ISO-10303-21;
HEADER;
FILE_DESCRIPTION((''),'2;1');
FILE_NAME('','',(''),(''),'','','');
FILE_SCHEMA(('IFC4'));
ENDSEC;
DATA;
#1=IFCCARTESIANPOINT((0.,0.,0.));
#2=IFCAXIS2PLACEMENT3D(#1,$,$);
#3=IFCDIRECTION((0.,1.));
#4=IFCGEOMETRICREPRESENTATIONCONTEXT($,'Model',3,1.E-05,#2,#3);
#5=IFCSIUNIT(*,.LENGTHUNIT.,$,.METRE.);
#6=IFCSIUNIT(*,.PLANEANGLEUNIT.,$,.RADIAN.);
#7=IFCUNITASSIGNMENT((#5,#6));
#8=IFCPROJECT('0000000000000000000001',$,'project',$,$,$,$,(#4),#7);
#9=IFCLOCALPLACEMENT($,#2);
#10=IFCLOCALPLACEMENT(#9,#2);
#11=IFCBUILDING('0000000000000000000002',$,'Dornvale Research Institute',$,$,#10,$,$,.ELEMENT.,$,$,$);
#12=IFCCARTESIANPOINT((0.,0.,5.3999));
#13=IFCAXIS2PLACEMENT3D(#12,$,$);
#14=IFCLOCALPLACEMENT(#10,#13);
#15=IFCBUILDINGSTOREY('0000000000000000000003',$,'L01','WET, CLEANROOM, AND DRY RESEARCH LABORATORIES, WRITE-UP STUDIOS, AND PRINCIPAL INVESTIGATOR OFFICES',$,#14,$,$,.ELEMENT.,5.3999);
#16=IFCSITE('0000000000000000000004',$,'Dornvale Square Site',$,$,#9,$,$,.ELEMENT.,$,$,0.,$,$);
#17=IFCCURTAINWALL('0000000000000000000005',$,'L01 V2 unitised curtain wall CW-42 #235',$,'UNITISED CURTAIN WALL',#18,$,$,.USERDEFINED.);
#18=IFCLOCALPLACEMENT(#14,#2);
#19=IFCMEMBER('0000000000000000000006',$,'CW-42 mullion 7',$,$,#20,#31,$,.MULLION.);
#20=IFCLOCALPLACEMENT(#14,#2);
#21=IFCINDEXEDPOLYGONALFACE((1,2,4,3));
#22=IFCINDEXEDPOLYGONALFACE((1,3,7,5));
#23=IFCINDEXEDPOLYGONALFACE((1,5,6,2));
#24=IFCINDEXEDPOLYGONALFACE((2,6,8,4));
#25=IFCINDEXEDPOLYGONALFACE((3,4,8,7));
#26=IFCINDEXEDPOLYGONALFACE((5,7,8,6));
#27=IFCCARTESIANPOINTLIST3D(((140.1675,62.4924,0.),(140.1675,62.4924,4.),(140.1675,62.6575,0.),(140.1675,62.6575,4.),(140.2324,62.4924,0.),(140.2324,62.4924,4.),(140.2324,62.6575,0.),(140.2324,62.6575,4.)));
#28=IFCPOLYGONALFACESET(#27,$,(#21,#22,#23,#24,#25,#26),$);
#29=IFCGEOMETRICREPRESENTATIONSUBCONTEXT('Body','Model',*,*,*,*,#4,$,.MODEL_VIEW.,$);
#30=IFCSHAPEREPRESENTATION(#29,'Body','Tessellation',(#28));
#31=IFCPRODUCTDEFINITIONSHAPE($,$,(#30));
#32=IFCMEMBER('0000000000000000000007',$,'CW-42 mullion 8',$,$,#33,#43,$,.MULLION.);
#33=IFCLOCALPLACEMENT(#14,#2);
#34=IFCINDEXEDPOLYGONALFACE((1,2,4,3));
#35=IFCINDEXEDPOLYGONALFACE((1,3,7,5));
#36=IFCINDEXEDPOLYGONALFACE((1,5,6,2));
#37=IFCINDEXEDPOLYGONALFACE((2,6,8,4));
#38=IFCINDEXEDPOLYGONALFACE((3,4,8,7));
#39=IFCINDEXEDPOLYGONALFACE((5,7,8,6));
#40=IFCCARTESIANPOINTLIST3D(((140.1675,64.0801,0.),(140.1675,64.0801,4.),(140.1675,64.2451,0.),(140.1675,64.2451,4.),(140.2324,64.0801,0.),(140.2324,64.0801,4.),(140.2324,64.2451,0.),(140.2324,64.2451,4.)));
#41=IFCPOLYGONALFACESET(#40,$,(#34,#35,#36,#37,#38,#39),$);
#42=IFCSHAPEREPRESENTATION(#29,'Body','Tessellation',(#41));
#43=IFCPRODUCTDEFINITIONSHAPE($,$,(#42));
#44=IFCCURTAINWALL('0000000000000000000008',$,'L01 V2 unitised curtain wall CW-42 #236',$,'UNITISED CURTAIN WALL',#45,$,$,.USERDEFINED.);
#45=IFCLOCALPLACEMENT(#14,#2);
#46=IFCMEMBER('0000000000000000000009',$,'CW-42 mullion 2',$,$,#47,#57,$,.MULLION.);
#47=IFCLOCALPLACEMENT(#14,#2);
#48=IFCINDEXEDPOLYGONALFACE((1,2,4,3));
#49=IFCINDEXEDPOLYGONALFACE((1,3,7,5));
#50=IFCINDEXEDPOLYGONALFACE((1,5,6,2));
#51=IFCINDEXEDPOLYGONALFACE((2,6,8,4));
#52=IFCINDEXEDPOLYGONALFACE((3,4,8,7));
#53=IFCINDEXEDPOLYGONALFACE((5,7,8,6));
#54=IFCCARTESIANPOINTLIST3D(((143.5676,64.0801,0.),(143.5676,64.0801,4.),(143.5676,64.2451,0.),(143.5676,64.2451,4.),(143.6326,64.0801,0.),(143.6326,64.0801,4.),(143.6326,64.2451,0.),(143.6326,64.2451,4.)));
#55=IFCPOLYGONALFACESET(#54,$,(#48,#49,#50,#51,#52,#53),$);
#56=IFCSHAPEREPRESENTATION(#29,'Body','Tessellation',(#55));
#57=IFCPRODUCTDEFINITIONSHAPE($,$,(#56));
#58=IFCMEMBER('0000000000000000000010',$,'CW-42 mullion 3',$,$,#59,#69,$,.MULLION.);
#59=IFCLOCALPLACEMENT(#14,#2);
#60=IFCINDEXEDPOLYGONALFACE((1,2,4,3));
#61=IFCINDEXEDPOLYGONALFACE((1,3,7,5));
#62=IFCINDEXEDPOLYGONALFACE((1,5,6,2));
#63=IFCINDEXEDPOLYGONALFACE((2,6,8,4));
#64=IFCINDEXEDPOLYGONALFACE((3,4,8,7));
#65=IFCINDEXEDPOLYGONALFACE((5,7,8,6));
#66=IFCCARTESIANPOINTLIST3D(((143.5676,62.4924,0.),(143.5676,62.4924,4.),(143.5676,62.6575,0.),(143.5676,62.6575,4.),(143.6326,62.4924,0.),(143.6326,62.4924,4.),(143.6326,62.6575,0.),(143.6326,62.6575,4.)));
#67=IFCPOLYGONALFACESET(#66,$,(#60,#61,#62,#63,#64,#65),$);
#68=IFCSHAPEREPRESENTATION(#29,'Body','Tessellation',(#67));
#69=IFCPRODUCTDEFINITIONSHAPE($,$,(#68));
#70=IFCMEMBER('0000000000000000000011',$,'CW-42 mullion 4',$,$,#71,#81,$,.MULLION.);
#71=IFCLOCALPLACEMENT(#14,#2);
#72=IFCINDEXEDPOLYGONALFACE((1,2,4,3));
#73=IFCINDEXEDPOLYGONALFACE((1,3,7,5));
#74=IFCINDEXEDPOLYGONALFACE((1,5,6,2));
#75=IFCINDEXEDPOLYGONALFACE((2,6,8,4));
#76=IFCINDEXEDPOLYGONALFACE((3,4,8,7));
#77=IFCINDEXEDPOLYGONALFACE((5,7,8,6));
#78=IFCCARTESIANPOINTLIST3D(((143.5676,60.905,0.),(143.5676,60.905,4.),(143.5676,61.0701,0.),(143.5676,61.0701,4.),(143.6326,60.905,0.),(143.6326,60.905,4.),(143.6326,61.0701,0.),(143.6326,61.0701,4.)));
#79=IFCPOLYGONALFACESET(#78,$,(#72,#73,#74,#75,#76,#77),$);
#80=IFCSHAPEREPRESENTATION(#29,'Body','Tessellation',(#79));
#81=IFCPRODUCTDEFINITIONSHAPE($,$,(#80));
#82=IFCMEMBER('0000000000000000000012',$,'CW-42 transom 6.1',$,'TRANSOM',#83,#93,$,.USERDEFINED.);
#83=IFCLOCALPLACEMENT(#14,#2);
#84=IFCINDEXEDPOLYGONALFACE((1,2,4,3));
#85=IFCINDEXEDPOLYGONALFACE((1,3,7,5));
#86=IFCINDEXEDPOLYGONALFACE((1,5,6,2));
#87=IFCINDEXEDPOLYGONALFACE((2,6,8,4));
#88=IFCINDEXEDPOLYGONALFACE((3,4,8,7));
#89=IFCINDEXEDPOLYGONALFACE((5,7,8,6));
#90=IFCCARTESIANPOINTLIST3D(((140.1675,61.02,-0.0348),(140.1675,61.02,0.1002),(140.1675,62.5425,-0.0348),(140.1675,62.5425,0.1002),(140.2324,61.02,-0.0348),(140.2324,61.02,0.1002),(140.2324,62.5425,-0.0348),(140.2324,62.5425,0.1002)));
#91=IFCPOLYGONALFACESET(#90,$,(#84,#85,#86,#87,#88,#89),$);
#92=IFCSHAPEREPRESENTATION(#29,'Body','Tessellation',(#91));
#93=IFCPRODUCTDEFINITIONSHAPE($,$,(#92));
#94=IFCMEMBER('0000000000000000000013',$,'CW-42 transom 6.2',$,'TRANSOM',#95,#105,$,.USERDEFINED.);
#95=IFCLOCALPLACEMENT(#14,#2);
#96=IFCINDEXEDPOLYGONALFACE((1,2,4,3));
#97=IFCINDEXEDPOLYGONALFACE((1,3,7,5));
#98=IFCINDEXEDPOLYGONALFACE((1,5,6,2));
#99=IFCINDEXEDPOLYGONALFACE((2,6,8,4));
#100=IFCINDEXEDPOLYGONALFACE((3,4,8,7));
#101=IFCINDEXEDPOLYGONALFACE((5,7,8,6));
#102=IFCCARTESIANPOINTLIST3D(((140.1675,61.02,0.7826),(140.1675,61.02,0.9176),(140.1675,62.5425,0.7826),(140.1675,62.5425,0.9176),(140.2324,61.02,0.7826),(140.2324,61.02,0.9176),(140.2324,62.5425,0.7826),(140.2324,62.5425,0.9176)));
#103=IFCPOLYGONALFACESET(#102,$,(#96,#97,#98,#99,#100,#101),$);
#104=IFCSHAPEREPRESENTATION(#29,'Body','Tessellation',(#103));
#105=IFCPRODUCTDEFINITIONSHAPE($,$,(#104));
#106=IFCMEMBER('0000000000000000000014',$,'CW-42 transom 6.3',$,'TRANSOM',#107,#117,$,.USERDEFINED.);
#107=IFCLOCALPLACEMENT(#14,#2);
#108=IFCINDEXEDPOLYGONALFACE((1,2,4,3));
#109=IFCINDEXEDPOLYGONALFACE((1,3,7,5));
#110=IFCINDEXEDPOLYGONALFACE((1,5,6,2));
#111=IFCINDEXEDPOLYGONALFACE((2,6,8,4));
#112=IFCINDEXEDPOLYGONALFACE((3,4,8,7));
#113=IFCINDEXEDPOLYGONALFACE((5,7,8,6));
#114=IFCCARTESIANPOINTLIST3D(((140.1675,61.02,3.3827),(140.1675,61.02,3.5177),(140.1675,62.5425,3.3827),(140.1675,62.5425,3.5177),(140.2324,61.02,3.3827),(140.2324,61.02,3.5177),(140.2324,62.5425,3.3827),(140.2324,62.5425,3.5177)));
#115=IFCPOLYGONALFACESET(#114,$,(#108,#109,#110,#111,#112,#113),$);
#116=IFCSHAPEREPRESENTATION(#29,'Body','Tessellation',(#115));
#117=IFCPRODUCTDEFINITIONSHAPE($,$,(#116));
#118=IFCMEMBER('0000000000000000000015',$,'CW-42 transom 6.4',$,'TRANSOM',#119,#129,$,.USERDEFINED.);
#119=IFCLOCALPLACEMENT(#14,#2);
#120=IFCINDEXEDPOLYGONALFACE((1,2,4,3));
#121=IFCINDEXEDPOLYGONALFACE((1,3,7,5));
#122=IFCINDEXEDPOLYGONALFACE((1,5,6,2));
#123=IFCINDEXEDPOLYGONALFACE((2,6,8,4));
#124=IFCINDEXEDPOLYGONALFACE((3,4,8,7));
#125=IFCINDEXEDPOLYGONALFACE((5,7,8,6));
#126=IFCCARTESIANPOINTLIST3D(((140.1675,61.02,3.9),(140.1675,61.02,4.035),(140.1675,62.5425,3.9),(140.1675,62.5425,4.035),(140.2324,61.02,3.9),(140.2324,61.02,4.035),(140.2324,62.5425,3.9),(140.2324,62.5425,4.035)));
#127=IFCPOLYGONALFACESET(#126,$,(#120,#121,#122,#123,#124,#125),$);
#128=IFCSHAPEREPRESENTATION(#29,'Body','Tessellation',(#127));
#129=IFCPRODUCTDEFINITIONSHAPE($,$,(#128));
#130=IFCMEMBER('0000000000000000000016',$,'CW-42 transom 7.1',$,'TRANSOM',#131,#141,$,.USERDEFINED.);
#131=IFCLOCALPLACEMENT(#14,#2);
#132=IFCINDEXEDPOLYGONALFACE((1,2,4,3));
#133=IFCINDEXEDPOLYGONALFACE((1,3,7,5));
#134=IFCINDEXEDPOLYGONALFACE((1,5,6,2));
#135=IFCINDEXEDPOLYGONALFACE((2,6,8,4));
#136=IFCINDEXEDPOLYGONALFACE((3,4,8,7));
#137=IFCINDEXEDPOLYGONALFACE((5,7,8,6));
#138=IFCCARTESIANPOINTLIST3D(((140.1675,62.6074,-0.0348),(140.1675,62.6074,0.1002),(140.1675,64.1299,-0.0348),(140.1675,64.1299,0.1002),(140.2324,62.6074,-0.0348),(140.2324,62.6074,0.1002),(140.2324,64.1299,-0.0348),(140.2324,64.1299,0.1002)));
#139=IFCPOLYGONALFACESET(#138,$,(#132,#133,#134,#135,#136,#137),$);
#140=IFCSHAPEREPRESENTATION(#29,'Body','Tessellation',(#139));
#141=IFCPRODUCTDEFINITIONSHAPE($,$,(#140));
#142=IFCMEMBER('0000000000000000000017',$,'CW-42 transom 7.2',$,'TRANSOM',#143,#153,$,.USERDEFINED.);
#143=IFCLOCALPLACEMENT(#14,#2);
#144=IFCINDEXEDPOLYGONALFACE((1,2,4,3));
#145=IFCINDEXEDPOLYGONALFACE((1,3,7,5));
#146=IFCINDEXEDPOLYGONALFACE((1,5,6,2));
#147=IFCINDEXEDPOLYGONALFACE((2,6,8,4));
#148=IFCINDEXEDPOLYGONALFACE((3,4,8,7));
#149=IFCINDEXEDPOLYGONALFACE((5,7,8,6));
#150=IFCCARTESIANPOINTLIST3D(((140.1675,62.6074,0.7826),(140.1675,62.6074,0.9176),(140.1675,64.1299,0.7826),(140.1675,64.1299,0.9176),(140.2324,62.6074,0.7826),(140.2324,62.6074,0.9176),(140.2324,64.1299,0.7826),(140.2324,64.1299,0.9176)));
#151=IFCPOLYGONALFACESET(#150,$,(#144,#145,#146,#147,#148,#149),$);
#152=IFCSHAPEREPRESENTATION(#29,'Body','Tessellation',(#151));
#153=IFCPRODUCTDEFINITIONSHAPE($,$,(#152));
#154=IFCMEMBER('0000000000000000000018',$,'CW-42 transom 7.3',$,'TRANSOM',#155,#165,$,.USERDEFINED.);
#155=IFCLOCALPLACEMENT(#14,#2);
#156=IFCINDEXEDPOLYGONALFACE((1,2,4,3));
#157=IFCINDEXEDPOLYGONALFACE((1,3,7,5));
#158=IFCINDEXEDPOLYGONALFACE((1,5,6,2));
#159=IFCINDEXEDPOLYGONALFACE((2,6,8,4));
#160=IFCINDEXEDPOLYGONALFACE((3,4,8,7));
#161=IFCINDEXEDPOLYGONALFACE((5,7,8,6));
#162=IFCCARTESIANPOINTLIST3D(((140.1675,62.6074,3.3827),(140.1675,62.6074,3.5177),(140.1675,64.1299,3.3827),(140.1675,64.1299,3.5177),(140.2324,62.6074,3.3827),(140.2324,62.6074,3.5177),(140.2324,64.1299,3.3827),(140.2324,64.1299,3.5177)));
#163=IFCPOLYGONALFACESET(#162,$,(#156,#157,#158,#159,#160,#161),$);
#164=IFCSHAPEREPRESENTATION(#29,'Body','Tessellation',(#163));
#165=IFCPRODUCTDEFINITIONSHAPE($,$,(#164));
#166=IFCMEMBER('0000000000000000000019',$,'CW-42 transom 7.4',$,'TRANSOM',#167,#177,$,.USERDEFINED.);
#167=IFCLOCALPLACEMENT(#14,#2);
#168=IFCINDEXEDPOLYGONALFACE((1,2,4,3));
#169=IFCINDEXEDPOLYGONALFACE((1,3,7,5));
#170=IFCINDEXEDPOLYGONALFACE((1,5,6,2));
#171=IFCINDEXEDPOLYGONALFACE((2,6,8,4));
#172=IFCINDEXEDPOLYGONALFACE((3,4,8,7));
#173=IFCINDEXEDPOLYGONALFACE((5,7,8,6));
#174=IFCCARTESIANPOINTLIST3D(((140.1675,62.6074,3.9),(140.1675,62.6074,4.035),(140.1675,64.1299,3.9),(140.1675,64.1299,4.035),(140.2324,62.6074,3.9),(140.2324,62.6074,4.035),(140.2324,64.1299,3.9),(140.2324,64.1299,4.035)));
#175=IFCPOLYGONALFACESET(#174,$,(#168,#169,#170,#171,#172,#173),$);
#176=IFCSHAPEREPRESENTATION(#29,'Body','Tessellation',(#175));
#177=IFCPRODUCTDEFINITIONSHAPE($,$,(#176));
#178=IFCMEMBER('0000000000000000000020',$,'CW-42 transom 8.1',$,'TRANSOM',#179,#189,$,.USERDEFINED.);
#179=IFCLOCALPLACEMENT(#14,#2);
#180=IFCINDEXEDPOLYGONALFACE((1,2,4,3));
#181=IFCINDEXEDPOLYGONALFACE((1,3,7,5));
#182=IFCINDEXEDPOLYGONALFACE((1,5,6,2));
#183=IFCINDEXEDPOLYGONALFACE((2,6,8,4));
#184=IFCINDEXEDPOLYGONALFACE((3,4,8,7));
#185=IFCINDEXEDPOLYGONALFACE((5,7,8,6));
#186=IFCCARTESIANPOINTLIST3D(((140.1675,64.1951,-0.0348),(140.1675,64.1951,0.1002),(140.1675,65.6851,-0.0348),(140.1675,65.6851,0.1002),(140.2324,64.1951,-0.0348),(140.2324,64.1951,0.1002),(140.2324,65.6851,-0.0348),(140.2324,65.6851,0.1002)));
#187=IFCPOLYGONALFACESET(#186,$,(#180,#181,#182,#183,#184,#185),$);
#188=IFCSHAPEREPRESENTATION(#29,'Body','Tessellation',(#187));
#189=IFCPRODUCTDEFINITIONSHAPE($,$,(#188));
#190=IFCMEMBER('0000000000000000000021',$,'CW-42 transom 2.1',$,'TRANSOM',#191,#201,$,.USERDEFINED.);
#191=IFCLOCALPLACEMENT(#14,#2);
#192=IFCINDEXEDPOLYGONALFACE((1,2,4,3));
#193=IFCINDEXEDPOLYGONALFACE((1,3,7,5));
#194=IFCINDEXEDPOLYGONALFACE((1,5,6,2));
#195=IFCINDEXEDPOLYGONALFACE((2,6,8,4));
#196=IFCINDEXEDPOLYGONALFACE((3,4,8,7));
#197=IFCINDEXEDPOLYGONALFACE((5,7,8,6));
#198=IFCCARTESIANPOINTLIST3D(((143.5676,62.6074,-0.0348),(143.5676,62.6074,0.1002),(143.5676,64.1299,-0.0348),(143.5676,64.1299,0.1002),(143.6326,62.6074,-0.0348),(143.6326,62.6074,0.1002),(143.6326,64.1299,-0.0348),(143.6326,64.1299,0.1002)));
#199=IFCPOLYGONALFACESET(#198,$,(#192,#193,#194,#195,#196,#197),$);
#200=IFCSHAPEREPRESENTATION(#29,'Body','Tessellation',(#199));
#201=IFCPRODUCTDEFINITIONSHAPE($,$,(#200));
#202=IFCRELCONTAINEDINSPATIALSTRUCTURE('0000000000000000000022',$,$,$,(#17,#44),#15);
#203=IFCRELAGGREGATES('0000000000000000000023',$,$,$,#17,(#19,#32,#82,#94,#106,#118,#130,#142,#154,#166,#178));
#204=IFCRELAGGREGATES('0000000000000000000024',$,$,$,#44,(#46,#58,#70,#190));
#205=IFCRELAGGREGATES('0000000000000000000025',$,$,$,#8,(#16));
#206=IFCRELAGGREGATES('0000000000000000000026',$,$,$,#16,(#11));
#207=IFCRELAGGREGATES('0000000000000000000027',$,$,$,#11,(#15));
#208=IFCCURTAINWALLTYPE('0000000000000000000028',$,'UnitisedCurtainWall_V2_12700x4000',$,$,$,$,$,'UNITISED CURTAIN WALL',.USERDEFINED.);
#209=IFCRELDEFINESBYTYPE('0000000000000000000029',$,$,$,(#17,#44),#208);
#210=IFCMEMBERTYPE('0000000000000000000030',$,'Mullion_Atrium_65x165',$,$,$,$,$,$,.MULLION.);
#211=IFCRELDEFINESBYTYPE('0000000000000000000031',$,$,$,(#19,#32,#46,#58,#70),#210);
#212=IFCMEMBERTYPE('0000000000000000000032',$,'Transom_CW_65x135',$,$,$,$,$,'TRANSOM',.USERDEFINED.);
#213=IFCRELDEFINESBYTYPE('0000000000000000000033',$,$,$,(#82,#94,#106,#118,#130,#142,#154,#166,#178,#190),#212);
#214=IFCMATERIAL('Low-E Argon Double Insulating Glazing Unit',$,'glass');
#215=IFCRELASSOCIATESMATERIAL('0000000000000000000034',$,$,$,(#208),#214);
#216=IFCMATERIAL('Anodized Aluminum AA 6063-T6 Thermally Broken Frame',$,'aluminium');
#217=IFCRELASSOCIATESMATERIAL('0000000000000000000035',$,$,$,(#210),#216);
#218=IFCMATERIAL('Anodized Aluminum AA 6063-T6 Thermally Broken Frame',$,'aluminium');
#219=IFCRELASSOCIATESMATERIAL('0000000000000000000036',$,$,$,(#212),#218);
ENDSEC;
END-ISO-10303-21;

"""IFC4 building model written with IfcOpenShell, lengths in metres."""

from ifc_helpers import new_model, si_unit, direction, frame, origin, origin_2d, place, context, subcontext, project, spatial, rectangle, extrude, material, material_profile, profile_set, type_object, element, aggregate, save


model = new_model("IFC4")

# Units and contexts
model_context = context("Model", 3, precision=1e-05, world=origin(), true_north=direction((0.0, 1.0)))
body_context = subcontext(model_context, "Body", "Model", "MODEL_VIEW")
ifc_project = project(units=[si_unit("LENGTHUNIT", "METRE"), si_unit("PLANEANGLEUNIT", "RADIAN")], contexts=[model_context])

# Site, building, storey
site_placement = place(None, origin())
site = spatial("IfcSite", under=ifc_project, at=site_placement, Name="Dornvale Square Site", CompositionType="ELEMENT", RefElevation=0.0)
building_placement = place(site_placement, origin())
building = spatial("IfcBuilding", under=site, at=building_placement, Name="Dornvale Research Institute", CompositionType="ELEMENT")
storey_placement = place(building_placement, frame((0.0, 0.0, 5.3999)))
storey = spatial("IfcBuildingStorey", under=building, at=storey_placement, Name="L01", Description="WET, CLEANROOM, AND DRY RESEARCH LABORATORIES, WRITE-UP STUDIOS, AND PRINCIPAL INVESTIGATOR OFFICES", CompositionType="ELEMENT", Elevation=5.3999)

# Curtain walls, members
ifc_material_1 = material(Name="Low-E Argon Double Insulating Glazing Unit", Category="glass")
curtain_wall_type = type_object("IfcCurtainWallType", Name="UnitisedCurtainWall_V2_12700x4000", ElementType="UNITISED CURTAIN WALL", PredefinedType="USERDEFINED", material=ifc_material_1)
curtain_wall_1_placement = place(storey_placement, origin())
curtain_wall_1 = element("IfcCurtainWall", 1, at=curtain_wall_1_placement, inside=storey, type_object=curtain_wall_type, Name="L01 V2 unitised curtain wall CW-42 #235", ObjectType="UNITISED CURTAIN WALL", PredefinedType="USERDEFINED")
ifc_material_2 = material(Name="Anodized Aluminum AA 6063-T6 Thermally Broken Frame", Category="aluminium")
ifc_material_profile_1 = material_profile(ifc_material_2, rectangle(XDim=0.0649, YDim=0.165, at=origin_2d()), Name="ALU MULLION 65x165")
ifc_profile_set_1 = profile_set([ifc_material_profile_1], Name="Anodized Aluminum AA 6063-T6 Thermally Broken Frame")
member_type_1 = type_object("IfcMemberType", Name="Mullion_Atrium_65x165", PredefinedType="MULLION", material=ifc_profile_set_1)
member_1_placement = place(storey_placement, frame((140.2, 62.575, 0.0), z_axis=(0.0, 0.0, 1.0), x_axis=(-1.0, 0.0, 0.0)))
member_1 = element("IfcMember", 2, at=member_1_placement, type_object=member_type_1, Name="CW-42 mullion 7", PredefinedType="MULLION", context=body_context, shape_type="SweptSolid", body=[
    extrude(rectangle(XDim=0.0649, YDim=0.165, at=origin_2d()), origin(), (0.0, 0.0, 1.0), 4.0),
])
member_2_placement = place(storey_placement, frame((140.2, 64.1626, 0.0), z_axis=(0.0, 0.0, 1.0), x_axis=(-1.0, 0.0, 0.0)))
member_2 = element("IfcMember", 3, at=member_2_placement, type_object=member_type_1, Name="CW-42 mullion 8", PredefinedType="MULLION", context=body_context, shape_type="SweptSolid", body=[
    extrude(rectangle(XDim=0.0649, YDim=0.165, at=origin_2d()), origin(), (0.0, 0.0, 1.0), 4.0),
])
curtain_wall_2_placement = place(storey_placement, origin())
curtain_wall_2 = element("IfcCurtainWall", 4, at=curtain_wall_2_placement, inside=storey, type_object=curtain_wall_type, Name="L01 V2 unitised curtain wall CW-42 #236", ObjectType="UNITISED CURTAIN WALL", PredefinedType="USERDEFINED")
member_3_placement = place(storey_placement, frame((143.6001, 64.1626, 0.0), z_axis=(0.0, 0.0, 1.0), x_axis=(1.0, 0.0, 0.0)))
member_3 = element("IfcMember", 5, at=member_3_placement, type_object=member_type_1, Name="CW-42 mullion 2", PredefinedType="MULLION", context=body_context, shape_type="SweptSolid", body=[
    extrude(rectangle(XDim=0.0649, YDim=0.165, at=origin_2d()), origin(), (0.0, 0.0, 1.0), 4.0),
])
member_4_placement = place(storey_placement, frame((143.6001, 62.575, 0.0), z_axis=(0.0, 0.0, 1.0), x_axis=(1.0, 0.0, 0.0)))
member_4 = element("IfcMember", 6, at=member_4_placement, type_object=member_type_1, Name="CW-42 mullion 3", PredefinedType="MULLION", context=body_context, shape_type="SweptSolid", body=[
    extrude(rectangle(XDim=0.0649, YDim=0.165, at=origin_2d()), origin(), (0.0, 0.0, 1.0), 4.0),
])
member_5_placement = place(storey_placement, frame((143.6001, 60.9875, 0.0), z_axis=(0.0, 0.0, 1.0), x_axis=(1.0, 0.0, 0.0)))
member_5 = element("IfcMember", 7, at=member_5_placement, type_object=member_type_1, Name="CW-42 mullion 4", PredefinedType="MULLION", context=body_context, shape_type="SweptSolid", body=[
    extrude(rectangle(XDim=0.0649, YDim=0.165, at=origin_2d()), origin(), (0.0, 0.0, 1.0), 4.0),
])

# Members
ifc_material_3 = material(Name="Anodized Aluminum AA 6063-T6 Thermally Broken Frame", Category="aluminium")
ifc_material_profile_2 = material_profile(ifc_material_3, rectangle(XDim=0.0649, YDim=0.135, at=origin_2d()), Name="ALU TRANSOM 65x135")
ifc_profile_set_2 = profile_set([ifc_material_profile_2], Name="Anodized Aluminum AA 6063-T6 Thermally Broken Frame")
member_type_2 = type_object("IfcMemberType", Name="Transom_CW_65x135", ElementType="TRANSOM", PredefinedType="USERDEFINED", material=ifc_profile_set_2)
member_6_placement = place(storey_placement, frame((140.2, 61.02, 0.0327), z_axis=(0.0, 1.0, 0.0), x_axis=(-1.0, 0.0, 0.0)))
member_6 = element("IfcMember", 8, at=member_6_placement, type_object=member_type_2, Name="CW-42 transom 6.1", ObjectType="TRANSOM", PredefinedType="USERDEFINED", context=body_context, shape_type="SweptSolid", body=[
    extrude(rectangle(XDim=0.0649, YDim=0.135, at=origin_2d()), origin(), (0.0, 0.0, 1.0), 1.5225),
])
member_7_placement = place(storey_placement, frame((140.2, 61.02, 0.8501), z_axis=(0.0, 1.0, 0.0), x_axis=(-1.0, 0.0, 0.0)))
member_7 = element("IfcMember", 9, at=member_7_placement, type_object=member_type_2, Name="CW-42 transom 6.2", ObjectType="TRANSOM", PredefinedType="USERDEFINED", context=body_context, shape_type="SweptSolid", body=[
    extrude(rectangle(XDim=0.0649, YDim=0.135, at=origin_2d()), origin(), (0.0, 0.0, 1.0), 1.5225),
])
member_8_placement = place(storey_placement, frame((140.2, 61.02, 3.4502), z_axis=(0.0, 1.0, 0.0), x_axis=(-1.0, 0.0, 0.0)))
member_8 = element("IfcMember", 10, at=member_8_placement, type_object=member_type_2, Name="CW-42 transom 6.3", ObjectType="TRANSOM", PredefinedType="USERDEFINED", context=body_context, shape_type="SweptSolid", body=[
    extrude(rectangle(XDim=0.0649, YDim=0.135, at=origin_2d()), origin(), (0.0, 0.0, 1.0), 1.5225),
])
member_9_placement = place(storey_placement, frame((140.2, 61.02, 3.9675), z_axis=(0.0, 1.0, 0.0), x_axis=(-1.0, 0.0, 0.0)))
member_9 = element("IfcMember", 11, at=member_9_placement, type_object=member_type_2, Name="CW-42 transom 6.4", ObjectType="TRANSOM", PredefinedType="USERDEFINED", context=body_context, shape_type="SweptSolid", body=[
    extrude(rectangle(XDim=0.0649, YDim=0.135, at=origin_2d()), origin(), (0.0, 0.0, 1.0), 1.5225),
])
member_10_placement = place(storey_placement, frame((140.2, 62.6074, 0.0327), z_axis=(0.0, 1.0, 0.0), x_axis=(-1.0, 0.0, 0.0)))
member_10 = element("IfcMember", 12, at=member_10_placement, type_object=member_type_2, Name="CW-42 transom 7.1", ObjectType="TRANSOM", PredefinedType="USERDEFINED", context=body_context, shape_type="SweptSolid", body=[
    extrude(rectangle(XDim=0.0649, YDim=0.135, at=origin_2d()), origin(), (0.0, 0.0, 1.0), 1.5225),
])
member_11_placement = place(storey_placement, frame((140.2, 62.6074, 0.8501), z_axis=(0.0, 1.0, 0.0), x_axis=(-1.0, 0.0, 0.0)))
member_11 = element("IfcMember", 13, at=member_11_placement, type_object=member_type_2, Name="CW-42 transom 7.2", ObjectType="TRANSOM", PredefinedType="USERDEFINED", context=body_context, shape_type="SweptSolid", body=[
    extrude(rectangle(XDim=0.0649, YDim=0.135, at=origin_2d()), origin(), (0.0, 0.0, 1.0), 1.5225),
])
member_12_placement = place(storey_placement, frame((140.2, 62.6074, 3.4502), z_axis=(0.0, 1.0, 0.0), x_axis=(-1.0, 0.0, 0.0)))
member_12 = element("IfcMember", 14, at=member_12_placement, type_object=member_type_2, Name="CW-42 transom 7.3", ObjectType="TRANSOM", PredefinedType="USERDEFINED", context=body_context, shape_type="SweptSolid", body=[
    extrude(rectangle(XDim=0.0649, YDim=0.135, at=origin_2d()), origin(), (0.0, 0.0, 1.0), 1.5225),
])
member_13_placement = place(storey_placement, frame((140.2, 62.6074, 3.9675), z_axis=(0.0, 1.0, 0.0), x_axis=(-1.0, 0.0, 0.0)))
member_13 = element("IfcMember", 15, at=member_13_placement, type_object=member_type_2, Name="CW-42 transom 7.4", ObjectType="TRANSOM", PredefinedType="USERDEFINED", context=body_context, shape_type="SweptSolid", body=[
    extrude(rectangle(XDim=0.0649, YDim=0.135, at=origin_2d()), origin(), (0.0, 0.0, 1.0), 1.5225),
])
member_14_placement = place(storey_placement, frame((140.2, 64.1951, 0.0327), z_axis=(0.0, 1.0, 0.0), x_axis=(-1.0, 0.0, 0.0)))
member_14 = element("IfcMember", 16, at=member_14_placement, type_object=member_type_2, Name="CW-42 transom 8.1", ObjectType="TRANSOM", PredefinedType="USERDEFINED", context=body_context, shape_type="SweptSolid", body=[
    extrude(rectangle(XDim=0.0649, YDim=0.135, at=origin_2d()), origin(), (0.0, 0.0, 1.0), 1.49),
])
member_15_placement = place(storey_placement, frame((143.6001, 64.1299, 0.0327), z_axis=(0.0, -1.0, 0.0), x_axis=(1.0, 0.0, 0.0)))
member_15 = element("IfcMember", 17, at=member_15_placement, type_object=member_type_2, Name="CW-42 transom 2.1", ObjectType="TRANSOM", PredefinedType="USERDEFINED", context=body_context, shape_type="SweptSolid", body=[
    extrude(rectangle(XDim=0.0649, YDim=0.135, at=origin_2d()), origin(), (0.0, 0.0, 1.0), 1.5225),
])

aggregate(curtain_wall_1, [member_1, member_2, member_6, member_7, member_8, member_9, member_10, member_11, member_12, member_13, member_14])
aggregate(curtain_wall_2, [member_3, member_4, member_5, member_15])

save(model, "model.ifc")
